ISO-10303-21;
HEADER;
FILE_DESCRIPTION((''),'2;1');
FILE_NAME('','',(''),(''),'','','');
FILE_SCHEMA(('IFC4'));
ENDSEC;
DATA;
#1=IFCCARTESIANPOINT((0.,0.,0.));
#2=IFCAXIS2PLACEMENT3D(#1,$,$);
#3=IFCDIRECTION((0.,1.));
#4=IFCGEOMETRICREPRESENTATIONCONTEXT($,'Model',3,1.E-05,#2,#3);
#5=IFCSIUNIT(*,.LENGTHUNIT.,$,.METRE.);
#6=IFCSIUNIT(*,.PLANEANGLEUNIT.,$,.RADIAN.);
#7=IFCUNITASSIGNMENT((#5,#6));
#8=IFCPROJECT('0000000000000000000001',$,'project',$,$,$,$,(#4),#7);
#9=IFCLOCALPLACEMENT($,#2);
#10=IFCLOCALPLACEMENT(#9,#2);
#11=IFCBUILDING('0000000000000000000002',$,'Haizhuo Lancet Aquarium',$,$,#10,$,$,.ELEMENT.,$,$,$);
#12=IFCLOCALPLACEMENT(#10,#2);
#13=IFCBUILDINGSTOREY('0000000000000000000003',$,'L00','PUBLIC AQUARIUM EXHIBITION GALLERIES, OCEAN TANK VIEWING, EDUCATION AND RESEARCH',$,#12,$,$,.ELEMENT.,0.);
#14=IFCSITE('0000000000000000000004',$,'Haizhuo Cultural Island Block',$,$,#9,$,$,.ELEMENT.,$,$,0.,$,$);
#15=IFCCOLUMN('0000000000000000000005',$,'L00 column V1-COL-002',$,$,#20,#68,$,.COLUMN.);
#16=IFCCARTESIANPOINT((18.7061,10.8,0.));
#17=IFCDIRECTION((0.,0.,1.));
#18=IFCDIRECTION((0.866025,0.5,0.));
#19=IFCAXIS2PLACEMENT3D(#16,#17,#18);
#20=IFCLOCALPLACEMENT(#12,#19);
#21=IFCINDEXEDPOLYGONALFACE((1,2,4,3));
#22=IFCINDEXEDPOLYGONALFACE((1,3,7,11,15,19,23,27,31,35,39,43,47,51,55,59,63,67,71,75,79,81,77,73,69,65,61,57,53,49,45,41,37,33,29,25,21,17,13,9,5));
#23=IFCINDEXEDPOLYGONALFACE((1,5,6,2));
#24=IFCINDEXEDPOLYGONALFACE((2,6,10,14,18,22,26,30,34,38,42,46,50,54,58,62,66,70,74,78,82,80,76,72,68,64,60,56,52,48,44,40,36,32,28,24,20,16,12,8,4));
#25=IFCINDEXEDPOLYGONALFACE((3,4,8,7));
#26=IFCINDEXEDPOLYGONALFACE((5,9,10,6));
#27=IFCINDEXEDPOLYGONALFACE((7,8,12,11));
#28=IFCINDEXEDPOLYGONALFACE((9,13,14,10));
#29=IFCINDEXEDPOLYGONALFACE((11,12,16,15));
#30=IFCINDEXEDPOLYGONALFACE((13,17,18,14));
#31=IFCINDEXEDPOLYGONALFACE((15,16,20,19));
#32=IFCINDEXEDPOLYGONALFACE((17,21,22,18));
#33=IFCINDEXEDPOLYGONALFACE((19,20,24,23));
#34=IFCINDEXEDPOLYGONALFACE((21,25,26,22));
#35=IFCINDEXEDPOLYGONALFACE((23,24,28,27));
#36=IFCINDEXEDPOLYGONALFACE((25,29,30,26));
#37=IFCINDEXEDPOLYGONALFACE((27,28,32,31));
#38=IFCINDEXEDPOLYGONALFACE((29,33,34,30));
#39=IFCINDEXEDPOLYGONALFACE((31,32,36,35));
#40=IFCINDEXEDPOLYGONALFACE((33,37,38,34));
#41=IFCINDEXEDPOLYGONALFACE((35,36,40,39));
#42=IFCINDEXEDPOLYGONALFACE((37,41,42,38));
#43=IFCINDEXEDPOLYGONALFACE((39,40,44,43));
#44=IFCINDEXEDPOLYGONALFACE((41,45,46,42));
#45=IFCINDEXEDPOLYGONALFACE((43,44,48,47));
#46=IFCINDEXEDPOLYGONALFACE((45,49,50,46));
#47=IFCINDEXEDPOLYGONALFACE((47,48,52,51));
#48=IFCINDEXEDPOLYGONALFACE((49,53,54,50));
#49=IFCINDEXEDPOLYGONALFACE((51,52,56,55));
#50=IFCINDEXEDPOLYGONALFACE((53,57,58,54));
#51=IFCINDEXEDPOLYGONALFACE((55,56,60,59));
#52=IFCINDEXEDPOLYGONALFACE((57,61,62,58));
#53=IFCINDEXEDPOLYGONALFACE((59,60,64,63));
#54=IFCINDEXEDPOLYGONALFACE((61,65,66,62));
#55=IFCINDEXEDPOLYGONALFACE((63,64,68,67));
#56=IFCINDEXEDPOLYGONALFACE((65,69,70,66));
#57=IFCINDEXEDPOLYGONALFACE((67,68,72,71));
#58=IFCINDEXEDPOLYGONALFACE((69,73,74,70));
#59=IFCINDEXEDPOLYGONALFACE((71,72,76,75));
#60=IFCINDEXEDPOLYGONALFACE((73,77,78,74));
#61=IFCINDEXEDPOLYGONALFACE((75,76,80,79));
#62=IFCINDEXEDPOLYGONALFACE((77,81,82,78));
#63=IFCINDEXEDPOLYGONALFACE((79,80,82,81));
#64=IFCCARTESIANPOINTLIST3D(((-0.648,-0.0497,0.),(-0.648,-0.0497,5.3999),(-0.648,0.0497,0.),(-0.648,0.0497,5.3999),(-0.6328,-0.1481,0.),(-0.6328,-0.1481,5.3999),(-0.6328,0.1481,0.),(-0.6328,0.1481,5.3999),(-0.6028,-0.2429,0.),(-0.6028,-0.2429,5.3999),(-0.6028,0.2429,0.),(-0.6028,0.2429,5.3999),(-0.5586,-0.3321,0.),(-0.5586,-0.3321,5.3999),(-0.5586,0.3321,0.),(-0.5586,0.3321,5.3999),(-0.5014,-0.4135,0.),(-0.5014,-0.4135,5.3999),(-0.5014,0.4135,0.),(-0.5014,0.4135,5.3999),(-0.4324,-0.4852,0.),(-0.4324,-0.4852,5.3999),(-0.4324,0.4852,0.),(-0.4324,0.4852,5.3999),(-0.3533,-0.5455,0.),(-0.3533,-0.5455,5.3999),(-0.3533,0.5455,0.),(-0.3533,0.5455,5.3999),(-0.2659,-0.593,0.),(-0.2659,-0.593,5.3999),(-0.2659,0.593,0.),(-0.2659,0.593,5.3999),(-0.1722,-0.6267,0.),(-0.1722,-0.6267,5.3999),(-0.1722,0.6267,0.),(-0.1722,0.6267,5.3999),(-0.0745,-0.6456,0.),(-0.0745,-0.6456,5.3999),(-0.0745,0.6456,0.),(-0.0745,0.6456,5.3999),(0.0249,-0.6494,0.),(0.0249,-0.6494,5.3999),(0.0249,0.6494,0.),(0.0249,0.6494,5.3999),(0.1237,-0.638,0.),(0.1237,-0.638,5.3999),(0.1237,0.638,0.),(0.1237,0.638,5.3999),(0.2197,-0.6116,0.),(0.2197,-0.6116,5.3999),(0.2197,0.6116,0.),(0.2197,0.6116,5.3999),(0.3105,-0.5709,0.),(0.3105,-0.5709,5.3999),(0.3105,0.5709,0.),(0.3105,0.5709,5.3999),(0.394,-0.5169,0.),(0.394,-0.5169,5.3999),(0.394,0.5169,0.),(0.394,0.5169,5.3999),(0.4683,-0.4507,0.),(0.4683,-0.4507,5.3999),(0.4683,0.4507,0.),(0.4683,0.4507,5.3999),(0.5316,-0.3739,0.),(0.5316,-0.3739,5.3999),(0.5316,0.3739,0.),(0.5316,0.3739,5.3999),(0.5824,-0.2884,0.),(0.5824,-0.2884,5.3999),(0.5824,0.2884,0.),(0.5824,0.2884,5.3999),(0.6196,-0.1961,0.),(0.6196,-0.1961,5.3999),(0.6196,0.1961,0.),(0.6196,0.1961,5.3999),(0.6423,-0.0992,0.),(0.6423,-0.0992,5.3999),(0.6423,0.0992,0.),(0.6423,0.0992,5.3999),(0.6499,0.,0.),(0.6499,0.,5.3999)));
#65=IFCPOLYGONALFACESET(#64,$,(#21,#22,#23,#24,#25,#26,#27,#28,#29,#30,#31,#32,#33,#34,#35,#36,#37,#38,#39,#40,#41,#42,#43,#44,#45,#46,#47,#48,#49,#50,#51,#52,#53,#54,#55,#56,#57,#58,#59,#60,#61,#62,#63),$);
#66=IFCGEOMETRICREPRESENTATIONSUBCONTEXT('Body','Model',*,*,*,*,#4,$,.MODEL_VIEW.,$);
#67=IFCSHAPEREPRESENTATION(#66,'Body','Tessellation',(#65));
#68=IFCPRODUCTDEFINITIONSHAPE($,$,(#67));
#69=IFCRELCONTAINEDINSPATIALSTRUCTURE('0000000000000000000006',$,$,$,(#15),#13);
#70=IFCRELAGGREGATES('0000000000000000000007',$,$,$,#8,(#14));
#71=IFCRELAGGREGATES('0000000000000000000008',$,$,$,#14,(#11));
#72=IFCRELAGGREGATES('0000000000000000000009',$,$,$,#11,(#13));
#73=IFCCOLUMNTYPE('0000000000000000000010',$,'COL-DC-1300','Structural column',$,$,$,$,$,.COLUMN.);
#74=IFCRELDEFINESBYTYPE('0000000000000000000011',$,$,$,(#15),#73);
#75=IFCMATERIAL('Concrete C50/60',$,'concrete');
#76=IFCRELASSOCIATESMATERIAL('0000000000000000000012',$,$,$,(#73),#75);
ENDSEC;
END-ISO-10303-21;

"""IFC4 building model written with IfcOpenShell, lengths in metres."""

from ifc_helpers import new_model, si_unit, direction, frame, origin, origin_2d, place, context, subcontext, project, spatial, circle, extrude, material, material_profile, profile_set, type_object, element, save


model = new_model("IFC4")

# Units and contexts
model_context = context("Model", 3, precision=1e-05, world=origin(), true_north=direction((0.0, 1.0)))
body_context = subcontext(model_context, "Body", "Model", "MODEL_VIEW")
ifc_project = project(units=[si_unit("LENGTHUNIT", "METRE"), si_unit("PLANEANGLEUNIT", "RADIAN")], contexts=[model_context])

# Site, building, storey
site_placement = place(None, origin())
site = spatial("IfcSite", under=ifc_project, at=site_placement, Name="Haizhuo Cultural Island Block", CompositionType="ELEMENT", RefElevation=0.0)
building_placement = place(site_placement, origin())
building = spatial("IfcBuilding", under=site, at=building_placement, Name="Haizhuo Lancet Aquarium", CompositionType="ELEMENT")
storey_placement = place(building_placement, origin())
storey = spatial("IfcBuildingStorey", under=building, at=storey_placement, Name="L00", Description="PUBLIC AQUARIUM EXHIBITION GALLERIES, OCEAN TANK VIEWING, EDUCATION AND RESEARCH", CompositionType="ELEMENT", Elevation=0.0)

# Column
ifc_material_1 = material(Name="Concrete C50/60", Category="concrete")
ifc_material_profile_1 = material_profile(ifc_material_1, circle(Radius=0.6499, at=origin_2d()), Name="RC-DC 1300")
ifc_profile_set_1 = profile_set([ifc_material_profile_1], Name="Concrete C50/60")
column_type_1 = type_object("IfcColumnType", Name="COL-DC-1300", Description="Structural column", PredefinedType="COLUMN", material=ifc_profile_set_1)
for number, where, z_axis, x_axis, name in (
    (1, (18.7061, 10.8, 0.0), (0.0, 0.0, 1.0), (0.866025, 0.5, 0.0), "L00 column V1-COL-002"),
):
    element("IfcColumn", number, at=place(storey_placement, frame(where, z_axis=z_axis, x_axis=x_axis)), inside=storey, type_object=column_type_1, Name=name, PredefinedType="COLUMN", context=body_context, shape_type="SweptSolid", body=[
        extrude(circle(Radius=0.6499, at=origin_2d()), origin(), (0.0, 0.0, 1.0), 5.3999),
    ])

save(model, "model.ifc")
